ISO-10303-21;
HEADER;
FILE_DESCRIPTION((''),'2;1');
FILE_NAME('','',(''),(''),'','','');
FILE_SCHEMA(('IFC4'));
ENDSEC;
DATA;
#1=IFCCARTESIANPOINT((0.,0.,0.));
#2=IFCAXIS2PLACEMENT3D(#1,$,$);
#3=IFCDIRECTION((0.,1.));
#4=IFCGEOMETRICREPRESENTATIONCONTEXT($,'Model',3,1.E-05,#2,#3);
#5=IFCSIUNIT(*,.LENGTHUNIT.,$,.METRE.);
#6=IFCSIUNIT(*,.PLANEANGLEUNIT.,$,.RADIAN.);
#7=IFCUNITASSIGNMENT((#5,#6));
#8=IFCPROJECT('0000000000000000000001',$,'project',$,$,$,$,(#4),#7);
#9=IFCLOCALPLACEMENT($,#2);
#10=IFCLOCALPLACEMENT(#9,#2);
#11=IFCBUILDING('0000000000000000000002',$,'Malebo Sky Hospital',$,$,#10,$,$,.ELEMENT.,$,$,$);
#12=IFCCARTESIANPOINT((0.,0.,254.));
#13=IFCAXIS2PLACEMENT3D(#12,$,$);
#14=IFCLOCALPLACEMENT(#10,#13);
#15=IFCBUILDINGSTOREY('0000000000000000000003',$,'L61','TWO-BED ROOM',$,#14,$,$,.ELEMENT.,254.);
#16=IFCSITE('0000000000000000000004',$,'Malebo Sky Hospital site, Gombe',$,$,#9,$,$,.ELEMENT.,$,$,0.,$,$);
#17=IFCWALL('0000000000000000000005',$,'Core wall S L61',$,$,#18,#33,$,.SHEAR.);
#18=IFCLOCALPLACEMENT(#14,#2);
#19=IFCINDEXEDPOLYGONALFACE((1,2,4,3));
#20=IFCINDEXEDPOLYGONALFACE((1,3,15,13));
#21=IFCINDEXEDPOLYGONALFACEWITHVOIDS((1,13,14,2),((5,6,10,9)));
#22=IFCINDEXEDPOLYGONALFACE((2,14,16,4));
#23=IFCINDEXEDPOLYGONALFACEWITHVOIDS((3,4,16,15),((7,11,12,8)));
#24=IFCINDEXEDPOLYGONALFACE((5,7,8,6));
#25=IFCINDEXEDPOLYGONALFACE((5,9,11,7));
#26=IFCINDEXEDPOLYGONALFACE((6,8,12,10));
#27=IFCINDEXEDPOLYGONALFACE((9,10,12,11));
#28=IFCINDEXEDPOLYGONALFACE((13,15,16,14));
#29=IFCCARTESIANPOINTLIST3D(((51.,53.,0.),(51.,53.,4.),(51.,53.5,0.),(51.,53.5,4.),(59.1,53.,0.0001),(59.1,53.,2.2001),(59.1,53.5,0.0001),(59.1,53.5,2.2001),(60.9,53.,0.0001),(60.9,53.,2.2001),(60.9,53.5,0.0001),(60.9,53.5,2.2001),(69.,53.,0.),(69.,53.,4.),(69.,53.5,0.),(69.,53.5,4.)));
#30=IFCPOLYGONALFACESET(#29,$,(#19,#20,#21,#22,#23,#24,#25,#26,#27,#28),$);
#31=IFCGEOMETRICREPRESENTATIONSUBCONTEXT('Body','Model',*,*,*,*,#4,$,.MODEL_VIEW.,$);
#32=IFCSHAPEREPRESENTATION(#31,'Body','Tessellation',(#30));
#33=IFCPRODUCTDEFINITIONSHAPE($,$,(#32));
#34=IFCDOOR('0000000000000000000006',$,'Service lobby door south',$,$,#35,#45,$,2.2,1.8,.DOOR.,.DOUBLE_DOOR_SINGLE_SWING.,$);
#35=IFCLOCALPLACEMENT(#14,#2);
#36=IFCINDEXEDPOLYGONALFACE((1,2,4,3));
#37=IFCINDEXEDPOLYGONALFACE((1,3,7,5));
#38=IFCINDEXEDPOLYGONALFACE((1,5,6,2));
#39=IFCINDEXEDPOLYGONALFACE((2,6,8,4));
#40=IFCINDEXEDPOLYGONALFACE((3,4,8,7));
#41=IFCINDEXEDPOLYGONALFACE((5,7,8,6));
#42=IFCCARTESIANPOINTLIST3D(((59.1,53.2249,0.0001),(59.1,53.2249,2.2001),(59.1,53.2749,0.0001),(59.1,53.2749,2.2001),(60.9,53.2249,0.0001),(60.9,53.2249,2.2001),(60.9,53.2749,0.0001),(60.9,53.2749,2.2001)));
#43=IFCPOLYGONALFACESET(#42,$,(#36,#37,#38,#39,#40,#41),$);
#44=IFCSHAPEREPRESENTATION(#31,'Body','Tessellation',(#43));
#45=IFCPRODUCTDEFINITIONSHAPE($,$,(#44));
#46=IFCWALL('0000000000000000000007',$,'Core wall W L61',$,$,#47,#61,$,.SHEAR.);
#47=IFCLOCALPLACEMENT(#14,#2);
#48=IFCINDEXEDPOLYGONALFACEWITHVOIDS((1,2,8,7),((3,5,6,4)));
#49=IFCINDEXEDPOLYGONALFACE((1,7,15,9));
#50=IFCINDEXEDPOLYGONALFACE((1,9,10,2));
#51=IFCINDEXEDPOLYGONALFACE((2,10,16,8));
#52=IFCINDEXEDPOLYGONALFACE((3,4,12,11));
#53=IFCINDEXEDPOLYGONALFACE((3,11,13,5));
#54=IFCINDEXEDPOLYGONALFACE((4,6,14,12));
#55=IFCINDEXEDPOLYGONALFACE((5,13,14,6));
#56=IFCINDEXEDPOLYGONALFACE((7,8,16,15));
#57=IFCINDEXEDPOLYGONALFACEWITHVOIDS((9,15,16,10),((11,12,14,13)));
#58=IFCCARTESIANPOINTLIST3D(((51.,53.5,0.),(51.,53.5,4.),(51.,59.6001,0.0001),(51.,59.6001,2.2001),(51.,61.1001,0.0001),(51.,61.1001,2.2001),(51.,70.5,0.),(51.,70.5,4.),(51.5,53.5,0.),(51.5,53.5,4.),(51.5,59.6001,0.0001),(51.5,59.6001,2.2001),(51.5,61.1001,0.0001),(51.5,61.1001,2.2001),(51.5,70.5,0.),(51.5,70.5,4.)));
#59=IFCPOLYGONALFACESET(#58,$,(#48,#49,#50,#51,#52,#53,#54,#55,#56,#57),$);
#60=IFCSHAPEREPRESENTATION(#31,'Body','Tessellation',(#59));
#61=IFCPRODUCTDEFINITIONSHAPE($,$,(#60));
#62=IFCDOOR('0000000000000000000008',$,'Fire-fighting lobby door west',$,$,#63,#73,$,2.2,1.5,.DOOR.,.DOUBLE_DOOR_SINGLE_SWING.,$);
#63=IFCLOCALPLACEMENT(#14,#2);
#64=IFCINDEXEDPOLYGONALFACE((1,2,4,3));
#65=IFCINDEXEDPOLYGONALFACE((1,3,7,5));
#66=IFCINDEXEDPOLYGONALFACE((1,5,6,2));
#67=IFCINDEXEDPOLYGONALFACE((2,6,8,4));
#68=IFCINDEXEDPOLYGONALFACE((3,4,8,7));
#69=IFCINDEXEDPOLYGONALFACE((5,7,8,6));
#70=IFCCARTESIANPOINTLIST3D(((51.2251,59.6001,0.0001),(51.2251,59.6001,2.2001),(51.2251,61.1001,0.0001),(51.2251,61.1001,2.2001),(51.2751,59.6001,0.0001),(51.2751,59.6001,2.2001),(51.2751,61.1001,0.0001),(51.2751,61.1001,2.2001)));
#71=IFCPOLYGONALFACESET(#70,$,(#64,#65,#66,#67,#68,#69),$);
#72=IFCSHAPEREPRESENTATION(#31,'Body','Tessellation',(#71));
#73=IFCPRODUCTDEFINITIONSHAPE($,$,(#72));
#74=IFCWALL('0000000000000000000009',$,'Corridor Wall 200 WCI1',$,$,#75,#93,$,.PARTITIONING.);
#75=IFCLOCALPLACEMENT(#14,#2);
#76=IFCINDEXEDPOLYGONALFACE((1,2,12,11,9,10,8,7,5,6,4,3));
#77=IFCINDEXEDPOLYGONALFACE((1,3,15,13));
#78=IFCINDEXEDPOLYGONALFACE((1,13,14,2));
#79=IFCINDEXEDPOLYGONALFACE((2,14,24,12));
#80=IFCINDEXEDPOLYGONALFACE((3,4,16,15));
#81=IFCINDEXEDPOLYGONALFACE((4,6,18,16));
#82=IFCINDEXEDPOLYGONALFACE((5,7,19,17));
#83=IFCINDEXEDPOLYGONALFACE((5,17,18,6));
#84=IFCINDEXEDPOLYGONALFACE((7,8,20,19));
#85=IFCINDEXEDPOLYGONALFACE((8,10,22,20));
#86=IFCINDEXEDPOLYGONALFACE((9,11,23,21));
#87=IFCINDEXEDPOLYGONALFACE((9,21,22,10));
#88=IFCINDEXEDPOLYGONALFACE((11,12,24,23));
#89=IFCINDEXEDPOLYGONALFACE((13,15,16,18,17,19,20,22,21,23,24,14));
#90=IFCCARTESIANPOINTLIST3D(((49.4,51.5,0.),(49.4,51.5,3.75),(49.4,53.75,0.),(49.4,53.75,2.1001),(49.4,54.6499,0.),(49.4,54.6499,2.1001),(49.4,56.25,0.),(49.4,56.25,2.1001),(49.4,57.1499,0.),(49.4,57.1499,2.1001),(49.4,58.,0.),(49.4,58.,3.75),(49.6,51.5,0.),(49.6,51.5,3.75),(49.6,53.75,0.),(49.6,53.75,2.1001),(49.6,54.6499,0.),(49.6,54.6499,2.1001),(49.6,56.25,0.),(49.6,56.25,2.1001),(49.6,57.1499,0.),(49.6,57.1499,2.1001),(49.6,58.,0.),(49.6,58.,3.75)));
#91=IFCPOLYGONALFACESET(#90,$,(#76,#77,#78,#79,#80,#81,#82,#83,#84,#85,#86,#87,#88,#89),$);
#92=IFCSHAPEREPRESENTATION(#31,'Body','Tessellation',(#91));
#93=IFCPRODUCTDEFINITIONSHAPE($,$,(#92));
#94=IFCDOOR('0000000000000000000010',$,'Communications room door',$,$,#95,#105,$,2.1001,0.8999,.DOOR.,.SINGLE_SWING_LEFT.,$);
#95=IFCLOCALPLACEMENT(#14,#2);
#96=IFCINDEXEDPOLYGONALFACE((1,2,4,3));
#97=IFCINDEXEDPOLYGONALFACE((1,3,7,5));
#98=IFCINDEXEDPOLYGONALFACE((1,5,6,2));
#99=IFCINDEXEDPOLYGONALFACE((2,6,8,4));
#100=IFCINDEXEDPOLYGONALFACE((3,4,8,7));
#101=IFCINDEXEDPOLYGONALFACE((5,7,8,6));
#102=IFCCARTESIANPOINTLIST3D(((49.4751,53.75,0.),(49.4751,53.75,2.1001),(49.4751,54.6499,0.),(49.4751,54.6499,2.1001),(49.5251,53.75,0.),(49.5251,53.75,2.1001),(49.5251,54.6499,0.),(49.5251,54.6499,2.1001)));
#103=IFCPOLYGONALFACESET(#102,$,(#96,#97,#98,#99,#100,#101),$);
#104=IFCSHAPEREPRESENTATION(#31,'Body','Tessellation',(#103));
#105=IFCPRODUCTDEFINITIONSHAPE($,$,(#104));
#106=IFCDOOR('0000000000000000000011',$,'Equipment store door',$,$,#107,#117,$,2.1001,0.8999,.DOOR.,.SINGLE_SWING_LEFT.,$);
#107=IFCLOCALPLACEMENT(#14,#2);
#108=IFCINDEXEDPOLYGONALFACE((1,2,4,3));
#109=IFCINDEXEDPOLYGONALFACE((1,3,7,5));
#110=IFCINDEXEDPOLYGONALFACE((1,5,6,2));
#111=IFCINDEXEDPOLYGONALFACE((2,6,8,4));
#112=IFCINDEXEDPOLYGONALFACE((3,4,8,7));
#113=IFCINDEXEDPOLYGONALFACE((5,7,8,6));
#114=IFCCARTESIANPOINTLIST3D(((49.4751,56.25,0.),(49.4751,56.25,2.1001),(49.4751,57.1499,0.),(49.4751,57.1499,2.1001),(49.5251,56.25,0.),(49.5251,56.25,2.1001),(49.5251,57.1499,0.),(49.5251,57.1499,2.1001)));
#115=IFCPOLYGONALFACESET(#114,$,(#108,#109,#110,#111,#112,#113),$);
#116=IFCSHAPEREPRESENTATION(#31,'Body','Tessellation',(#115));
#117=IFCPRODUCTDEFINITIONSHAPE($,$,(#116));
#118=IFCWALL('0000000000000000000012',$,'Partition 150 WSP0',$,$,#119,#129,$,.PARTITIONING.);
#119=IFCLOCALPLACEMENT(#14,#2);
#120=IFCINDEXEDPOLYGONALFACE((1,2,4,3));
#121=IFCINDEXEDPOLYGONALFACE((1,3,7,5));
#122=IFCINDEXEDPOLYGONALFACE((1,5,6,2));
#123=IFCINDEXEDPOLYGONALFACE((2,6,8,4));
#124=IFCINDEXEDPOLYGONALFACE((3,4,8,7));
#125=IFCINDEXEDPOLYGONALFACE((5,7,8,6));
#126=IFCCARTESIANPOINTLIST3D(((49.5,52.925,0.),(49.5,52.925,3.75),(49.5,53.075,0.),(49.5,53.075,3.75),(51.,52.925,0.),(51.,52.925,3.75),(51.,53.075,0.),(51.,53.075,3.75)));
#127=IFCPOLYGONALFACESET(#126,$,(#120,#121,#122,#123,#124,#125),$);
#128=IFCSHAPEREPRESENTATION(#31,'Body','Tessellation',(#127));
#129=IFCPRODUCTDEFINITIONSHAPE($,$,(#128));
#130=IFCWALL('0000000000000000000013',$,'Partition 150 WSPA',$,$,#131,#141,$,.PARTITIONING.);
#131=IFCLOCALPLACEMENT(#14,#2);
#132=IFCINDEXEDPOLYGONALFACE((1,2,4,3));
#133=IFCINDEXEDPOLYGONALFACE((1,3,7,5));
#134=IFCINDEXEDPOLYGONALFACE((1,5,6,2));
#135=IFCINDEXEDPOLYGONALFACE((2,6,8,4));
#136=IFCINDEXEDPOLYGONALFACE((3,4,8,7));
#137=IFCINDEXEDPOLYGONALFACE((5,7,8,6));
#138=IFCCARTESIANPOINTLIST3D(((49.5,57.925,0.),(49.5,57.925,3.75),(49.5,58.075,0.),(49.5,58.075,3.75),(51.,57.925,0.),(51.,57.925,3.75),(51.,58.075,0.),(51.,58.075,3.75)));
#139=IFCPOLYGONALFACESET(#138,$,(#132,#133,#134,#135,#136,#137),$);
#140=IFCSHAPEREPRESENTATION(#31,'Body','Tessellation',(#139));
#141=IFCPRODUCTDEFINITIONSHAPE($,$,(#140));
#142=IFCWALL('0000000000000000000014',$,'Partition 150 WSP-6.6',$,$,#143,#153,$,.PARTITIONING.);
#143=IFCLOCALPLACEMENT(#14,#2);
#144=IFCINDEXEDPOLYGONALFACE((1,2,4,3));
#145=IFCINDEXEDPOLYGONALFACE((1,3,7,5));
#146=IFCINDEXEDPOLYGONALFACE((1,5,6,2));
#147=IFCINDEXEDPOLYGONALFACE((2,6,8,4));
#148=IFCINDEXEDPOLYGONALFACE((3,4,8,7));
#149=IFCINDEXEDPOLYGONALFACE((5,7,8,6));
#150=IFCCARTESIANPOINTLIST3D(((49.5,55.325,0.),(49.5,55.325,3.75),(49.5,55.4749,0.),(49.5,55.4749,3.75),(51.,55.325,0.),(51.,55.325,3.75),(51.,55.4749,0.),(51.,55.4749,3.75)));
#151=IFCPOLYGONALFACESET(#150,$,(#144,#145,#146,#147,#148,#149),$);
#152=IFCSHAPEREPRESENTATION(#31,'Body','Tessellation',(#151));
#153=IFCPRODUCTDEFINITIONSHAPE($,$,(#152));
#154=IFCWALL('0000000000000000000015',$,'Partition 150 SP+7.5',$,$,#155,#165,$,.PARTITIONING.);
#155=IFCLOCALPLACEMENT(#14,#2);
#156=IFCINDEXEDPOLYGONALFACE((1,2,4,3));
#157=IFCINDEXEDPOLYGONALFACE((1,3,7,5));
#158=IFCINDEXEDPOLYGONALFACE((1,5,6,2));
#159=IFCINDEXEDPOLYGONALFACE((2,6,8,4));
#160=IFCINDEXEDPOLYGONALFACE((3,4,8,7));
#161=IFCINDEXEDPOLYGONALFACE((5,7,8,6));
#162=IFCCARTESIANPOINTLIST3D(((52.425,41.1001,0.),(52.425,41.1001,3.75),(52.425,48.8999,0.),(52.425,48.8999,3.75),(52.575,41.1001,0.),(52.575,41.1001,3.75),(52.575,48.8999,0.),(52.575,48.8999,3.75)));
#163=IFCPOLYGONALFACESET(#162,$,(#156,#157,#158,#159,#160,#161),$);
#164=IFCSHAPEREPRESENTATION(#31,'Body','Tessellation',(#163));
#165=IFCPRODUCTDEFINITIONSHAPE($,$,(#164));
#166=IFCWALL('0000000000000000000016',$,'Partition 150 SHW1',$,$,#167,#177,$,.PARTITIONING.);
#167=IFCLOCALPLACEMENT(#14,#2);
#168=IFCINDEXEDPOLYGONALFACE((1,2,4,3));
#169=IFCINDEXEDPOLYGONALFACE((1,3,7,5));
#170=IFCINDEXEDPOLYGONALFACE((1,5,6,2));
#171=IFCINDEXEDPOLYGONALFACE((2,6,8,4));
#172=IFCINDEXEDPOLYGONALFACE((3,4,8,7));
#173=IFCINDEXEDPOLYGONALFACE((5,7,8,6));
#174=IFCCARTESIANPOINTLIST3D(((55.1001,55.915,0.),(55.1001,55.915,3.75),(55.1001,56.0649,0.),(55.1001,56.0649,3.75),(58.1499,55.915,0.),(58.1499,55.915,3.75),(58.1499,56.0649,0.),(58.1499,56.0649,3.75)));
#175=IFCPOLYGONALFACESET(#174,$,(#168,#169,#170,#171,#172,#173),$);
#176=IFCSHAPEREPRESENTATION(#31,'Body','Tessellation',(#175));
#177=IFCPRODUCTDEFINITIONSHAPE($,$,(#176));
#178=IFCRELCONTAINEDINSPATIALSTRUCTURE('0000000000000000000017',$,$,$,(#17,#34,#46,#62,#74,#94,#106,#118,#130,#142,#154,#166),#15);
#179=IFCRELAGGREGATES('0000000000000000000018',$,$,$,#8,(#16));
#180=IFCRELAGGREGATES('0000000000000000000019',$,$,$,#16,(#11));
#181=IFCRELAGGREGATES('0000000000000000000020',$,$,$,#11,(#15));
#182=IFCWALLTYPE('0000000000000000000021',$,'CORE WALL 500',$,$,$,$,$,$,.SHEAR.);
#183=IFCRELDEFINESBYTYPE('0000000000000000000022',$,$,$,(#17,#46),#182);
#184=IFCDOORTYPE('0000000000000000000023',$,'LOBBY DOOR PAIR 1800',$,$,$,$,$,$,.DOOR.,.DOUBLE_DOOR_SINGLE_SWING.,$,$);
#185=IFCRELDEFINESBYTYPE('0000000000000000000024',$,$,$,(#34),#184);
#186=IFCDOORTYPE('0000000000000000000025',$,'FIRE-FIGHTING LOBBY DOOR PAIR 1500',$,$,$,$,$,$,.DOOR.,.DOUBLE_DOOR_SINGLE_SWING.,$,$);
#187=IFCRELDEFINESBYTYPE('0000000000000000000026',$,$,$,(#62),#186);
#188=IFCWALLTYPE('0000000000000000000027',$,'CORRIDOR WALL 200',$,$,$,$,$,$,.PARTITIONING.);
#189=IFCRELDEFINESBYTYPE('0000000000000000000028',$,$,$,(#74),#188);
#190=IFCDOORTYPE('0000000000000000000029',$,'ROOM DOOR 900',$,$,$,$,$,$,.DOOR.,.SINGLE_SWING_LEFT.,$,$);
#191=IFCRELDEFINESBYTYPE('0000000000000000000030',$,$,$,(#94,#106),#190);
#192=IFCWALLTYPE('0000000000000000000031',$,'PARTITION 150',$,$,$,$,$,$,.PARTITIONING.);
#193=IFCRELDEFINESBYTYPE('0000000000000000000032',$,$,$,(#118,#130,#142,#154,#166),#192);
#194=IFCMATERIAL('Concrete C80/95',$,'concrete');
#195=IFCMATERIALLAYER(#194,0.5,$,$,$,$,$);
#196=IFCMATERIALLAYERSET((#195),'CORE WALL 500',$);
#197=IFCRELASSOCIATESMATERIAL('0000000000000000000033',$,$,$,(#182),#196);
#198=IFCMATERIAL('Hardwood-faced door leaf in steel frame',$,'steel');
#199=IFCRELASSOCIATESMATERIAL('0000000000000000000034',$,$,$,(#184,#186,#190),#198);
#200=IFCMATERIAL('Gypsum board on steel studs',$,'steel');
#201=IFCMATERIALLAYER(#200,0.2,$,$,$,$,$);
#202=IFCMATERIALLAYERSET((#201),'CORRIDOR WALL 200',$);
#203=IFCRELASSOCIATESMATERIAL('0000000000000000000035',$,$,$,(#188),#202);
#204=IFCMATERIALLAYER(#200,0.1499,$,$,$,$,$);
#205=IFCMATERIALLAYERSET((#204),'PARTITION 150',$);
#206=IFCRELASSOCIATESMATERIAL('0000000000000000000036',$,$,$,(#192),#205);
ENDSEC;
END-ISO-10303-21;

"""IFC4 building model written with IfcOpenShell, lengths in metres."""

from ifc_helpers import new_model, si_unit, direction, frame, frame_2d, origin, place, context, subcontext, project, spatial, rectangle, extrude, material, layer, layer_set, type_object, element, fill, save


model = new_model("IFC4")

# Units and contexts
model_context = context("Model", 3, precision=1e-05, world=origin(), true_north=direction((0.0, 1.0)))
body_context = subcontext(model_context, "Body", "Model", "MODEL_VIEW")
ifc_project = project(units=[si_unit("LENGTHUNIT", "METRE"), si_unit("PLANEANGLEUNIT", "RADIAN")], contexts=[model_context])

# Site, building, storey
site_placement = place(None, origin())
site = spatial("IfcSite", under=ifc_project, at=site_placement, Name="Malebo Sky Hospital site, Gombe", CompositionType="ELEMENT", RefElevation=0.0)
building_placement = place(site_placement, origin())
building = spatial("IfcBuilding", under=site, at=building_placement, Name="Malebo Sky Hospital", CompositionType="ELEMENT")
storey_placement = place(building_placement, frame((0.0, 0.0, 254.0)))
storey = spatial("IfcBuildingStorey", under=building, at=storey_placement, Name="L61", Description="TWO-BED ROOM", CompositionType="ELEMENT", Elevation=254.0)

# Shared definitions
ifc_material_1 = material(Name="Concrete C80/95", Category="concrete")

# Walls, openings, doors
ifc_layer_1 = layer(ifc_material_1, 0.5)
ifc_layer_set_1 = layer_set([ifc_layer_1], Name="CORE WALL 500")
wall_type_1 = type_object("IfcWallType", Name="CORE WALL 500", PredefinedType="SHEAR", material=ifc_layer_set_1)
wall_1_placement = place(storey_placement, frame((51.0, 53.25, 0.0), z_axis=(0.0, 0.0, 1.0), x_axis=(1.0, 0.0, 0.0)))
wall_1 = element("IfcWall", 1, at=wall_1_placement, inside=storey, type_object=wall_type_1, Name="Core wall S L61", PredefinedType="SHEAR", context=body_context, shape_type="SweptSolid", body=[
    extrude(rectangle(XDim=18.0, YDim=0.5, at=frame_2d((9.0, 0.0))), origin(), (0.0, 0.0, 1.0), 4.0),
])
opening_1_placement = place(wall_1_placement, frame((8.1001, 0.0, 0.0)))
opening_1 = element("IfcOpeningElement", 2, at=opening_1_placement, cuts=wall_1, PredefinedType="OPENING", context=body_context, shape_type="SweptSolid", body=[
    extrude(rectangle(XDim=1.8, YDim=2.2, at=frame_2d((0.8999, 1.1001))), frame((0.0, 0.26, 0.0), z_axis=(0.0, -1.0, 0.0), x_axis=(1.0, 0.0, 0.0)), (0.0, 0.0, 1.0), 0.52),
])
ifc_material_2 = material(Name="Hardwood-faced door leaf in steel frame", Category="steel")
door_type_1 = type_object("IfcDoorType", Name="LOBBY DOOR PAIR 1800", OperationType="DOUBLE_DOOR_SINGLE_SWING", PredefinedType="DOOR", material=ifc_material_2)
door_1_placement = place(opening_1_placement, origin())
door_1 = element("IfcDoor", 3, at=door_1_placement, inside=storey, type_object=door_type_1, Name="Service lobby door south", OperationType="DOUBLE_DOOR_SINGLE_SWING", OverallHeight=2.2, OverallWidth=1.8, PredefinedType="DOOR", context=body_context, shape_type="SweptSolid", body=[
    extrude(rectangle(XDim=1.8, YDim=2.2, at=frame_2d((0.8999, 1.1001))), frame((0.0, 0.0249, 0.0), z_axis=(0.0, -1.0, 0.0), x_axis=(1.0, 0.0, 0.0)), (0.0, 0.0, 1.0), 0.05),
])
fill(opening_1, door_1)
wall_2_placement = place(storey_placement, frame((51.25, 53.5, 0.0), z_axis=(0.0, 0.0, 1.0), x_axis=(0.0, 1.0, 0.0)))
wall_2 = element("IfcWall", 4, at=wall_2_placement, inside=storey, type_object=wall_type_1, Name="Core wall W L61", PredefinedType="SHEAR", context=body_context, shape_type="SweptSolid", body=[
    extrude(rectangle(XDim=17.0, YDim=0.5, at=frame_2d((8.5, 0.0))), origin(), (0.0, 0.0, 1.0), 4.0),
])
opening_2_placement = place(wall_2_placement, frame((6.1001, 0.0, 0.0)))
opening_2 = element("IfcOpeningElement", 5, at=opening_2_placement, cuts=wall_2, PredefinedType="OPENING", context=body_context, shape_type="SweptSolid", body=[
    extrude(rectangle(XDim=1.5, YDim=2.2, at=frame_2d((0.75, 1.1001))), frame((0.0, 0.26, 0.0), z_axis=(0.0, -1.0, 0.0), x_axis=(1.0, 0.0, 0.0)), (0.0, 0.0, 1.0), 0.52),
])
door_type_2 = type_object("IfcDoorType", Name="FIRE-FIGHTING LOBBY DOOR PAIR 1500", OperationType="DOUBLE_DOOR_SINGLE_SWING", PredefinedType="DOOR", material=ifc_material_2)
door_2_placement = place(opening_2_placement, origin())
door_2 = element("IfcDoor", 6, at=door_2_placement, inside=storey, type_object=door_type_2, Name="Fire-fighting lobby door west", OperationType="DOUBLE_DOOR_SINGLE_SWING", OverallHeight=2.2, OverallWidth=1.5, PredefinedType="DOOR", context=body_context, shape_type="SweptSolid", body=[
    extrude(rectangle(XDim=1.5, YDim=2.2, at=frame_2d((0.75, 1.1001))), frame((0.0, 0.0249, 0.0), z_axis=(0.0, -1.0, 0.0), x_axis=(1.0, 0.0, 0.0)), (0.0, 0.0, 1.0), 0.05),
])
fill(opening_2, door_2)

# Wall, openings, doors
ifc_material_3 = material(Name="Gypsum board on steel studs", Category="steel")
ifc_layer_2 = layer(ifc_material_3, 0.2)
ifc_layer_set_2 = layer_set([ifc_layer_2], Name="CORRIDOR WALL 200")
wall_type_2 = type_object("IfcWallType", Name="CORRIDOR WALL 200", PredefinedType="PARTITIONING", material=ifc_layer_set_2)
wall_3_placement = place(storey_placement, frame((49.5, 51.5, 0.0), z_axis=(0.0, 0.0, 1.0), x_axis=(0.0, 1.0, 0.0)))
wall_3 = element("IfcWall", 7, at=wall_3_placement, inside=storey, type_object=wall_type_2, Name="Corridor Wall 200 WCI1", PredefinedType="PARTITIONING", context=body_context, shape_type="SweptSolid", body=[
    extrude(rectangle(XDim=6.5, YDim=0.2, at=frame_2d((3.25, 0.0))), origin(), (0.0, 0.0, 1.0), 3.75),
])
opening_3_placement = place(wall_3_placement, frame((2.25, 0.0, 0.0)))
opening_3 = element("IfcOpeningElement", 8, at=opening_3_placement, cuts=wall_3, PredefinedType="OPENING", context=body_context, shape_type="SweptSolid", body=[
    extrude(rectangle(XDim=0.8999, YDim=2.1001, at=frame_2d((0.45, 1.05))), frame((0.0, 0.1099, 0.0), z_axis=(0.0, -1.0, 0.0), x_axis=(1.0, 0.0, 0.0)), (0.0, 0.0, 1.0), 0.22),
])
opening_4_placement = place(wall_3_placement, frame((4.75, 0.0, 0.0)))
opening_4 = element("IfcOpeningElement", 9, at=opening_4_placement, cuts=wall_3, PredefinedType="OPENING", context=body_context, shape_type="SweptSolid", body=[
    extrude(rectangle(XDim=0.8999, YDim=2.1001, at=frame_2d((0.45, 1.05))), frame((0.0, 0.1099, 0.0), z_axis=(0.0, -1.0, 0.0), x_axis=(1.0, 0.0, 0.0)), (0.0, 0.0, 1.0), 0.22),
])
door_type_3 = type_object("IfcDoorType", Name="ROOM DOOR 900", OperationType="SINGLE_SWING_LEFT", PredefinedType="DOOR", material=ifc_material_2)
door_3_placement = place(opening_3_placement, origin())
door_3 = element("IfcDoor", 10, at=door_3_placement, inside=storey, type_object=door_type_3, Name="Communications room door", OperationType="SINGLE_SWING_LEFT", OverallHeight=2.1001, OverallWidth=0.8999, PredefinedType="DOOR", context=body_context, shape_type="SweptSolid", body=[
    extrude(rectangle(XDim=0.8999, YDim=2.1001, at=frame_2d((0.45, 1.05))), frame((0.0, 0.0249, 0.0), z_axis=(0.0, -1.0, 0.0), x_axis=(1.0, 0.0, 0.0)), (0.0, 0.0, 1.0), 0.05),
])
fill(opening_3, door_3)
door_4_placement = place(opening_4_placement, origin())
door_4 = element("IfcDoor", 11, at=door_4_placement, inside=storey, type_object=door_type_3, Name="Equipment store door", OperationType="SINGLE_SWING_LEFT", OverallHeight=2.1001, OverallWidth=0.8999, PredefinedType="DOOR", context=body_context, shape_type="SweptSolid", body=[
    extrude(rectangle(XDim=0.8999, YDim=2.1001, at=frame_2d((0.45, 1.05))), frame((0.0, 0.0249, 0.0), z_axis=(0.0, -1.0, 0.0), x_axis=(1.0, 0.0, 0.0)), (0.0, 0.0, 1.0), 0.05),
])
fill(opening_4, door_4)

# Walls
ifc_layer_3 = layer(ifc_material_3, 0.1499)
ifc_layer_set_3 = layer_set([ifc_layer_3], Name="PARTITION 150")
wall_type_3 = type_object("IfcWallType", Name="PARTITION 150", PredefinedType="PARTITIONING", material=ifc_layer_set_3)
for number, where, z_axis, x_axis, name in (
    (12, (51.0, 53.0, 0.0), (0.0, 0.0, 1.0), (-1.0, 0.0, 0.0), "Partition 150 WSP0"),
    (13, (51.0, 58.0, 0.0), (0.0, 0.0, 1.0), (-1.0, 0.0, 0.0), "Partition 150 WSPA"),
    (14, (51.0, 55.3999, 0.0), (0.0, 0.0, 1.0), (-1.0, 0.0, 0.0), "Partition 150 WSP-6.6"),
):
    element("IfcWall", number, at=place(storey_placement, frame(where, z_axis=z_axis, x_axis=x_axis)), inside=storey, type_object=wall_type_3, Name=name, PredefinedType="PARTITIONING", context=body_context, shape_type="SweptSolid", body=[
        extrude(rectangle(XDim=1.5, YDim=0.1499, at=frame_2d((0.75, 0.0))), origin(), (0.0, 0.0, 1.0), 3.75),
    ])
wall_4_placement = place(storey_placement, frame((52.5, 48.8999, 0.0), z_axis=(0.0, 0.0, 1.0), x_axis=(0.0, -1.0, 0.0)))
element("IfcWall", 15, at=wall_4_placement, inside=storey, type_object=wall_type_3, Name="Partition 150 SP+7.5", PredefinedType="PARTITIONING", context=body_context, shape_type="SweptSolid", body=[
    extrude(rectangle(XDim=7.7998, YDim=0.1499, at=frame_2d((3.8999, 0.0))), origin(), (0.0, 0.0, 1.0), 3.75),
])
for number, where, z_axis, x_axis, name in (
    (16, (55.1001, 55.99, 0.0), (0.0, 0.0, 1.0), (1.0, 0.0, 0.0), "Partition 150 SHW1"),
):
    element("IfcWall", number, at=place(storey_placement, frame(where, z_axis=z_axis, x_axis=x_axis)), inside=storey, type_object=wall_type_3, Name=name, PredefinedType="PARTITIONING", context=body_context, shape_type="SweptSolid", body=[
        extrude(rectangle(XDim=3.0498, YDim=0.1499, at=frame_2d((1.5249, 0.0))), origin(), (0.0, 0.0, 1.0), 3.75),
    ])

save(model, "model.ifc")
